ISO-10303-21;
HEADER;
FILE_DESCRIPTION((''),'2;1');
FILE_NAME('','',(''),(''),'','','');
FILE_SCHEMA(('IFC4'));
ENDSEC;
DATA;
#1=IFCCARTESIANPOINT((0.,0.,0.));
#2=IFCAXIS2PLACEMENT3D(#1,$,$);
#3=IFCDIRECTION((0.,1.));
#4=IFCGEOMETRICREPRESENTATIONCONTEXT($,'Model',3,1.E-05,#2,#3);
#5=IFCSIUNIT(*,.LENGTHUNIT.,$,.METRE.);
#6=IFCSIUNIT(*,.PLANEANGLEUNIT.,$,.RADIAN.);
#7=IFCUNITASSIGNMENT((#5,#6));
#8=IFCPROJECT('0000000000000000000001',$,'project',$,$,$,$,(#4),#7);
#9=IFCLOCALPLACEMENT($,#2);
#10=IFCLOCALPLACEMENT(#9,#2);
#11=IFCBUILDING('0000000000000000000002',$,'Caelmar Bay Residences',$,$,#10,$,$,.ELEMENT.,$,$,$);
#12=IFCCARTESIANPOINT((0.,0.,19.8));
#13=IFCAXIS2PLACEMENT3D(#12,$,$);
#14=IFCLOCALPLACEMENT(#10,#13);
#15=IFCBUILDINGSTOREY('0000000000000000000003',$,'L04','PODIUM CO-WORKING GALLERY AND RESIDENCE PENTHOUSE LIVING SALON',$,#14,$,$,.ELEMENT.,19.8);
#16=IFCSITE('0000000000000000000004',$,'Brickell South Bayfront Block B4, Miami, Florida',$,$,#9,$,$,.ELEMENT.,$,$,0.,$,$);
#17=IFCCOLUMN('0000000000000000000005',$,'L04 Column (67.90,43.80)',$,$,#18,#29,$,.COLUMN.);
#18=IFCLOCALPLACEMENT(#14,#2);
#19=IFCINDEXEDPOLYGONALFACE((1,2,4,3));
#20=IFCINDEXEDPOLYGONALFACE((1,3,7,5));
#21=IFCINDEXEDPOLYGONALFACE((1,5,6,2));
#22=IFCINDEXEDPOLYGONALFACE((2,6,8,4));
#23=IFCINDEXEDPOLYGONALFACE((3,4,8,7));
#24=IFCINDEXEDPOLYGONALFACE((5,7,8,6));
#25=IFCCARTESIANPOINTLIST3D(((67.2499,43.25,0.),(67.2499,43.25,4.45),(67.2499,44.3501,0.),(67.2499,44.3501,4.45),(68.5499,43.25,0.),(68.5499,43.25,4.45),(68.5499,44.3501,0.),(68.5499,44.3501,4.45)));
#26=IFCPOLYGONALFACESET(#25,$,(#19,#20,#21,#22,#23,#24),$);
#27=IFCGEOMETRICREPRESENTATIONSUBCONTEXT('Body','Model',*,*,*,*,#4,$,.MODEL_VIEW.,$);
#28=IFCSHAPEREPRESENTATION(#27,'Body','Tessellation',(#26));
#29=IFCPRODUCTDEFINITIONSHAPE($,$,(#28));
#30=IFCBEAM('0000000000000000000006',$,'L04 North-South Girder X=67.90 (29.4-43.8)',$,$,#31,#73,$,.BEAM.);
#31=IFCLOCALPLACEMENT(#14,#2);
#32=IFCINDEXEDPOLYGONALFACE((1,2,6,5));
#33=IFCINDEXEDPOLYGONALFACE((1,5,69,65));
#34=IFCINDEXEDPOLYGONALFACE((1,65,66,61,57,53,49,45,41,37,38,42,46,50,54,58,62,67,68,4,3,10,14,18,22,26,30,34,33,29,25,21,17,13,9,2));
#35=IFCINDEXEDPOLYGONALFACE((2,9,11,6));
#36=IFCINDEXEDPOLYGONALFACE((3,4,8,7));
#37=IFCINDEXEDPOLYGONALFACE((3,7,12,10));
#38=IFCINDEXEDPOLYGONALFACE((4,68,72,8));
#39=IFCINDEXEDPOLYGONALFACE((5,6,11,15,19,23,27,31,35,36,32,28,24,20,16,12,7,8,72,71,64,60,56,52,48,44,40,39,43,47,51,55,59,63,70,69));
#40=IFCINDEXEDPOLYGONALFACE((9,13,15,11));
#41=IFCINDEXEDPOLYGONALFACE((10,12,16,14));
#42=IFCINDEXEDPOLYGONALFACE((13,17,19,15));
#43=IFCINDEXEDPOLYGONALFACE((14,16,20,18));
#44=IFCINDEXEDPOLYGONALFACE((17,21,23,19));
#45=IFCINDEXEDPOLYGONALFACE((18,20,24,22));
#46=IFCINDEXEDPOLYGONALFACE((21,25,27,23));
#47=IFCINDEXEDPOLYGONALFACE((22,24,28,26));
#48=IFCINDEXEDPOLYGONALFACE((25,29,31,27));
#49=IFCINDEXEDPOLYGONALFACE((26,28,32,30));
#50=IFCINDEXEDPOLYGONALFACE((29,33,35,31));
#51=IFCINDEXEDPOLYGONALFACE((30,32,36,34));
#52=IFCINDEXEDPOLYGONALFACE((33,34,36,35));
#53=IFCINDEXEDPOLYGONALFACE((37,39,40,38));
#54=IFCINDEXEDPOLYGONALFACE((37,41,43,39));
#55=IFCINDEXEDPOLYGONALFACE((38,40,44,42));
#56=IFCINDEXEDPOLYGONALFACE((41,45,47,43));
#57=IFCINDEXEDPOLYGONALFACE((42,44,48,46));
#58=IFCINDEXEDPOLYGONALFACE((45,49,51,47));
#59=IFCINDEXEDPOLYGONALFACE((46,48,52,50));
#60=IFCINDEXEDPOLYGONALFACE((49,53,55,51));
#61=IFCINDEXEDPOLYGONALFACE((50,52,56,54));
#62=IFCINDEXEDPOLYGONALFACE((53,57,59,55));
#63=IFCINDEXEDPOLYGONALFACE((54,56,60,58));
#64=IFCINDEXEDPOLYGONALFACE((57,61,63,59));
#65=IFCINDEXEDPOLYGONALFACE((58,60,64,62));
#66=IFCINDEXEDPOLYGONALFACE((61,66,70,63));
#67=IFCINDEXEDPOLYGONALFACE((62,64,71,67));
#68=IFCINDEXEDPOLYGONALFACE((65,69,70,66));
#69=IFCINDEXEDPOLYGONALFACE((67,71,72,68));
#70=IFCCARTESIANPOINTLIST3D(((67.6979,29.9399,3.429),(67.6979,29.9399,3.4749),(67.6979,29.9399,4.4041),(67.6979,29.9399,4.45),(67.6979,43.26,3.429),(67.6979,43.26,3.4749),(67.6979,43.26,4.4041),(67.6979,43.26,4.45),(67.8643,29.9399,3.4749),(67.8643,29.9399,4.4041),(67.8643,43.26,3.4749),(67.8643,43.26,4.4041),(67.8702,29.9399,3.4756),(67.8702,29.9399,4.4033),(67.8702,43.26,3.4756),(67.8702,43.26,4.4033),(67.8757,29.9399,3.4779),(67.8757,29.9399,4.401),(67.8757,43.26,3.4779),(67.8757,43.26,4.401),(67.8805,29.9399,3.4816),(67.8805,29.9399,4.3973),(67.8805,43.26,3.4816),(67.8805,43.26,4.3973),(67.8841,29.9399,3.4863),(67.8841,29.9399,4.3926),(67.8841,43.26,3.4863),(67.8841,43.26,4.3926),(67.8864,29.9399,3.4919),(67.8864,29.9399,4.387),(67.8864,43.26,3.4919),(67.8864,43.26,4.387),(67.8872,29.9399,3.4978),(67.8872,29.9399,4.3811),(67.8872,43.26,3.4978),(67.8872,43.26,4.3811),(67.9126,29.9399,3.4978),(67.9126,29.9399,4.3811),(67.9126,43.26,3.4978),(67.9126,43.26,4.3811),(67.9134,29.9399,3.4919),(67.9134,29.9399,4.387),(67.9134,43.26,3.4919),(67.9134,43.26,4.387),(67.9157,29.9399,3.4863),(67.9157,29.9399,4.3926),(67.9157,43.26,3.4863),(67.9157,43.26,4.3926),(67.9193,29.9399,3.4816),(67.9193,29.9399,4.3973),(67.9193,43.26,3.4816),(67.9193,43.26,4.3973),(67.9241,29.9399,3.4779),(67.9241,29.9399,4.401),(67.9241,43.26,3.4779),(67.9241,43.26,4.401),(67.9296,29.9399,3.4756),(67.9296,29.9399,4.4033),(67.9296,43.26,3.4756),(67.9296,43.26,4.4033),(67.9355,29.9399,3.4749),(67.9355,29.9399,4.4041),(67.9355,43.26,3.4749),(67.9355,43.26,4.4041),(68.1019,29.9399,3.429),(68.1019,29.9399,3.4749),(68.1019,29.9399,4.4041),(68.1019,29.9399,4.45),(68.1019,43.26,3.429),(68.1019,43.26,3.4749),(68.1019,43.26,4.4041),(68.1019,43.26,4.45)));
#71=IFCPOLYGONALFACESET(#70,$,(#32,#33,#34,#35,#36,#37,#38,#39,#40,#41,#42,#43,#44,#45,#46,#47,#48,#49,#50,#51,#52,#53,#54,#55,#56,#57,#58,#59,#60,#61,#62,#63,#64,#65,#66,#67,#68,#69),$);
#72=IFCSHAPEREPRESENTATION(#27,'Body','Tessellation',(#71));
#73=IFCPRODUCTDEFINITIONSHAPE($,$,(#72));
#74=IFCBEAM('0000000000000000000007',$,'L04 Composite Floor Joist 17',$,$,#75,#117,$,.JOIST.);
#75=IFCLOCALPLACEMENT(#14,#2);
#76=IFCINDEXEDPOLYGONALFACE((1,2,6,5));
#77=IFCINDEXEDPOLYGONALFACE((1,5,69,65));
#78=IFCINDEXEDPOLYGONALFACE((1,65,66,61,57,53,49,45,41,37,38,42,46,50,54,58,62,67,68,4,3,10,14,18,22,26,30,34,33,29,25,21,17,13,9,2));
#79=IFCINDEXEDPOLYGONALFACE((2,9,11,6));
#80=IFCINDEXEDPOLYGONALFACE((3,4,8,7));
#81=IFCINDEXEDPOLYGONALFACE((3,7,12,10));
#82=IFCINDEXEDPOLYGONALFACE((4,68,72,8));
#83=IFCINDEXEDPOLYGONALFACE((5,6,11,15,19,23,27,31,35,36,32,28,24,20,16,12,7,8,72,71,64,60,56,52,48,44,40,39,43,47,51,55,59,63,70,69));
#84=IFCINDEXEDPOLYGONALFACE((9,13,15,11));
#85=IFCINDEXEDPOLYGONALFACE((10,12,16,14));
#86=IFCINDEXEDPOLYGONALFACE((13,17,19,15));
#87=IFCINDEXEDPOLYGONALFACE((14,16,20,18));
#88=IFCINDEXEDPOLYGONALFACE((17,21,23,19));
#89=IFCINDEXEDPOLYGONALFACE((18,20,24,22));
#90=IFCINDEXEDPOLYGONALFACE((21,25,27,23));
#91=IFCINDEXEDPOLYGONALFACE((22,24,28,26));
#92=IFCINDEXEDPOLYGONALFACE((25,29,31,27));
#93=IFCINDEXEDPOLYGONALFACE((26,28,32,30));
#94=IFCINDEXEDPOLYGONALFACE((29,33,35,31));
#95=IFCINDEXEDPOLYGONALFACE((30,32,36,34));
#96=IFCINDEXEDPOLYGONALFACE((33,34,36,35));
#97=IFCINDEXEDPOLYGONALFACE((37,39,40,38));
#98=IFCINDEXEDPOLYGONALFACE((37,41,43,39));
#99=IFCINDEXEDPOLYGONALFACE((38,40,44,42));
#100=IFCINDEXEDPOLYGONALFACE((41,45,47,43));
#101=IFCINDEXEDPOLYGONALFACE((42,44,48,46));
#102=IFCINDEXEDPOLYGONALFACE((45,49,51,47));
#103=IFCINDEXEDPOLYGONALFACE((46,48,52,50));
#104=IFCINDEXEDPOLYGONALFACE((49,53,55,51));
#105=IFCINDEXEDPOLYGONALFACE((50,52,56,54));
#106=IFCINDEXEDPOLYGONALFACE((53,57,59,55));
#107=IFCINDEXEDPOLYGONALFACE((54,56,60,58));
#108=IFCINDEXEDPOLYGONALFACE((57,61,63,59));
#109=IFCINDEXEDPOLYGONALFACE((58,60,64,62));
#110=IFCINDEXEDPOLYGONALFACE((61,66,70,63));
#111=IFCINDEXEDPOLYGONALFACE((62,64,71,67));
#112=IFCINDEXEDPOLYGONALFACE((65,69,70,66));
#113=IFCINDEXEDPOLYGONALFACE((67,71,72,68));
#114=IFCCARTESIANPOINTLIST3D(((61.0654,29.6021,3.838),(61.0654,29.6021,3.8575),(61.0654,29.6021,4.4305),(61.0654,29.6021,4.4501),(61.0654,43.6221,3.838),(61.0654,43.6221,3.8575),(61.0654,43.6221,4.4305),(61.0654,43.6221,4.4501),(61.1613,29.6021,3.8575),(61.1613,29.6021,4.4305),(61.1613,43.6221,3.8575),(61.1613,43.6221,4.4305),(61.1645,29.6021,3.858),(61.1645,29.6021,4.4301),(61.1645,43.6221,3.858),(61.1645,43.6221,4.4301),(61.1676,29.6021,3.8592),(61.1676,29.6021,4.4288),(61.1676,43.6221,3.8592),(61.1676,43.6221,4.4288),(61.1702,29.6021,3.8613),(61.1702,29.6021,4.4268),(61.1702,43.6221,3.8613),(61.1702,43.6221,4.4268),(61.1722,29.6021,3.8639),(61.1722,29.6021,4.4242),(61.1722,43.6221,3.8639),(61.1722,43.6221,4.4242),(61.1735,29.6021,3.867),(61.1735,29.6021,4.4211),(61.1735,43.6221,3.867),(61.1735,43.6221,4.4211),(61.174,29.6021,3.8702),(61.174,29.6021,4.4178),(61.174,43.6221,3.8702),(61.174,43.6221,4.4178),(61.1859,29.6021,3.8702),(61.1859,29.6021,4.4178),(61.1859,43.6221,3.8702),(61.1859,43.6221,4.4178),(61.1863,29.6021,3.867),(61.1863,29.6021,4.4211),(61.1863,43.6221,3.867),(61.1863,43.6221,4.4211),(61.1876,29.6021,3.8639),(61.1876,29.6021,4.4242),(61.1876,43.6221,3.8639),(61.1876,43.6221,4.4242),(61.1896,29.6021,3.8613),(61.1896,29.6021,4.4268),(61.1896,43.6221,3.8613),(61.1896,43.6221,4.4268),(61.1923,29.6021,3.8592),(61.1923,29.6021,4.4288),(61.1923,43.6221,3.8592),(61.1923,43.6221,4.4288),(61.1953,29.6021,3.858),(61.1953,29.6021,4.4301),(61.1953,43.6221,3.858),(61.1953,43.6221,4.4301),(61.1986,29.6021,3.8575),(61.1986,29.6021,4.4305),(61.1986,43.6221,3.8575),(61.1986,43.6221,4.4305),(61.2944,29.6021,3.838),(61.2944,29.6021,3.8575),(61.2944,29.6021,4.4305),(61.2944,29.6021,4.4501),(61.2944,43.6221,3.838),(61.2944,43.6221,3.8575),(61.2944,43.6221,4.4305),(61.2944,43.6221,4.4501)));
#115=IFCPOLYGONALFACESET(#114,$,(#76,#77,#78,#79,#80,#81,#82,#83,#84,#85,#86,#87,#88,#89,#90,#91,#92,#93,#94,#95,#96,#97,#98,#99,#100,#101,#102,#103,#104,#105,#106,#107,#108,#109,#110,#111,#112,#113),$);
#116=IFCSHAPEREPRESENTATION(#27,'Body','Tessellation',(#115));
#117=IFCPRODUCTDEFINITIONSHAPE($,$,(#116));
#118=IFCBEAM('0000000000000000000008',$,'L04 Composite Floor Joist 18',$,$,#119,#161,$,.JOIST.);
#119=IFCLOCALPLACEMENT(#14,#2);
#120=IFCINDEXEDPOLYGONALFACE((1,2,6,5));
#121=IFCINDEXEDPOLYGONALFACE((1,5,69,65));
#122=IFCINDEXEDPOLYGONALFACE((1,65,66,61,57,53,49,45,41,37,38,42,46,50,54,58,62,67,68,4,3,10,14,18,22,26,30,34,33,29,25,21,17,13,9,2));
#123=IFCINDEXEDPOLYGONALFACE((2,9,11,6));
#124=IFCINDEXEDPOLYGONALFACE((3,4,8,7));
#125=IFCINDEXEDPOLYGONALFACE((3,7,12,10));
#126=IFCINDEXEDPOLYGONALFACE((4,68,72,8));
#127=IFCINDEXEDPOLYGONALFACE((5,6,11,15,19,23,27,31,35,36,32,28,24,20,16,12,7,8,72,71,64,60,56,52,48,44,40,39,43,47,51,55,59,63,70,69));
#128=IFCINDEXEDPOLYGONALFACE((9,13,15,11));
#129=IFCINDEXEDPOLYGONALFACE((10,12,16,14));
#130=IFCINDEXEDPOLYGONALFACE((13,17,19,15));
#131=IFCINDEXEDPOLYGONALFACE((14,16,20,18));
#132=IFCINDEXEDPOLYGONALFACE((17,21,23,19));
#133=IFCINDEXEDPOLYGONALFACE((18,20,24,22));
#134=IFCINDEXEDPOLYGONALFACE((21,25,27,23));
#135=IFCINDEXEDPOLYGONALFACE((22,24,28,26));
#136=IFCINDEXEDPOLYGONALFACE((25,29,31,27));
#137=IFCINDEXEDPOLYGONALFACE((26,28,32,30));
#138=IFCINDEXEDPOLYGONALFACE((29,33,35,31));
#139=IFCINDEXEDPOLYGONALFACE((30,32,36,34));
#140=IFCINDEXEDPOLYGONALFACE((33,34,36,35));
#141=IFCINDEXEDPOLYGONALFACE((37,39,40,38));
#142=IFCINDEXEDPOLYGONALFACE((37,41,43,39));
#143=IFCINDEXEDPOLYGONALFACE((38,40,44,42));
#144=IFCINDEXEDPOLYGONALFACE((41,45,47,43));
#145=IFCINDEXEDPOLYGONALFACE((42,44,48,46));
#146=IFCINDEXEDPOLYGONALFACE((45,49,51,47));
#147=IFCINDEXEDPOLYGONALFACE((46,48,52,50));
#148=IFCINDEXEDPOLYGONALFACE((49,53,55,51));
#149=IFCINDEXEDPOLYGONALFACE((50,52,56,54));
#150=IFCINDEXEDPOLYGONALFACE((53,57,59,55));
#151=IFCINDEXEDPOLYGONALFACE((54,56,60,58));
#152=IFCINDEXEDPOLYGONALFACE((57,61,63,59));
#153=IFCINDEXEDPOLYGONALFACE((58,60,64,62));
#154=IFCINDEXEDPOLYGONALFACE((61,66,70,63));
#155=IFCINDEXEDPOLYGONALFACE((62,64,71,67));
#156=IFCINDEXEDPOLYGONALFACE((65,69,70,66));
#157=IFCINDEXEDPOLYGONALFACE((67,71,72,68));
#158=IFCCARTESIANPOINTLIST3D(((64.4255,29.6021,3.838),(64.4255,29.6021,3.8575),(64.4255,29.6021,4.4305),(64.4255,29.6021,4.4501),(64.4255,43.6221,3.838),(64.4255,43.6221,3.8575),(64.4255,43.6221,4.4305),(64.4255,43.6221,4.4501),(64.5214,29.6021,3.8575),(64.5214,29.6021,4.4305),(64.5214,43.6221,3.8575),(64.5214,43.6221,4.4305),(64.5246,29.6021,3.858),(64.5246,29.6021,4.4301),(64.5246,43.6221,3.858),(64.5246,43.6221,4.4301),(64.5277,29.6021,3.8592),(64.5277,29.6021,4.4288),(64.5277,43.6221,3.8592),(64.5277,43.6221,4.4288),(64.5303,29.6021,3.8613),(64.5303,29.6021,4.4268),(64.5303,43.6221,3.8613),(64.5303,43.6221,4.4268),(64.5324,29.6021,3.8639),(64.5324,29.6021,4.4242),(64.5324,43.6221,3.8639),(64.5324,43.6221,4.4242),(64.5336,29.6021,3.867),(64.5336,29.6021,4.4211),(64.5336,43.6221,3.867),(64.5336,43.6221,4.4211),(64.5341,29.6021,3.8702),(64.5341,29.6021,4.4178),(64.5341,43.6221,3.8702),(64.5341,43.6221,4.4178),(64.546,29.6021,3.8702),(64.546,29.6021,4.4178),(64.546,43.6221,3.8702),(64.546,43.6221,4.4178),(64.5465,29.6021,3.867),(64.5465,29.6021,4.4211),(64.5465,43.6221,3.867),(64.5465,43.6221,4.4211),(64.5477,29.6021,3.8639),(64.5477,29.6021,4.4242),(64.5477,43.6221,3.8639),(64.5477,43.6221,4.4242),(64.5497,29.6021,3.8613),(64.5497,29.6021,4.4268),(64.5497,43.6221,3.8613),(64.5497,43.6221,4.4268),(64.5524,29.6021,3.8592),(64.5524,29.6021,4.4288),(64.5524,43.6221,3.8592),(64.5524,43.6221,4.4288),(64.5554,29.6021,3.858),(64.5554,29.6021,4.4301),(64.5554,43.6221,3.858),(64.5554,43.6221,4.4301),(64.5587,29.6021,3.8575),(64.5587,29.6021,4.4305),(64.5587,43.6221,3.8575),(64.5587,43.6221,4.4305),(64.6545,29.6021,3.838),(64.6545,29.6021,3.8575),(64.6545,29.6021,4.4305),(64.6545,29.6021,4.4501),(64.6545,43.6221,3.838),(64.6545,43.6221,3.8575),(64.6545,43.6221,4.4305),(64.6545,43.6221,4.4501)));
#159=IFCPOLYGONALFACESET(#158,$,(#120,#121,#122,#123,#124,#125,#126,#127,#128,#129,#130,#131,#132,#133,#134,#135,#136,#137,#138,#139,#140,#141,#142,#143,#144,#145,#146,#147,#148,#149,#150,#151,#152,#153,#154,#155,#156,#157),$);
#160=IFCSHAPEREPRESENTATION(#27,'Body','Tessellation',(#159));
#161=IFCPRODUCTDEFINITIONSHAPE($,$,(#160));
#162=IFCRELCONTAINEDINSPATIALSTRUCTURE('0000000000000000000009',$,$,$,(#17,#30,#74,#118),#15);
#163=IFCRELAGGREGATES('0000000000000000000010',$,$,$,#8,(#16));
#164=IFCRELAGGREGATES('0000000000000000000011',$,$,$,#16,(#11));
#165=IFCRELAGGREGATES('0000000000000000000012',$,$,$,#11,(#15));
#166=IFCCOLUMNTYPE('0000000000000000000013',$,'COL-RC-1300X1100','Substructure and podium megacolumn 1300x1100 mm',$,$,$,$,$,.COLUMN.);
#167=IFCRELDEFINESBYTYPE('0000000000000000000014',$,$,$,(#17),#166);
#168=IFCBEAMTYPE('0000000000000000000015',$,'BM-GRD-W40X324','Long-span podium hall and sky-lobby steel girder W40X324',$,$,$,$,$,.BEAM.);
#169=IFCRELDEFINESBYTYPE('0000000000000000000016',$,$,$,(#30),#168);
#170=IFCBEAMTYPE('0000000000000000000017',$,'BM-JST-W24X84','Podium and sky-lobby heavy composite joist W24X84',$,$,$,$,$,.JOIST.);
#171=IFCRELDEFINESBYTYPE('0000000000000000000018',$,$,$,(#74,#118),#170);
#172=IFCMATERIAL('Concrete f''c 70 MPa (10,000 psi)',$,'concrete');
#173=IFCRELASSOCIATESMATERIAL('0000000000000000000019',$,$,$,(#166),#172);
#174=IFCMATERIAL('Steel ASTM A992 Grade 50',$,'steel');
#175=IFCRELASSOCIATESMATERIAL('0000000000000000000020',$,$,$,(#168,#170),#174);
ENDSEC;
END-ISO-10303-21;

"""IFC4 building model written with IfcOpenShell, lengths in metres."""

from ifc_helpers import new_model, si_unit, direction, frame, origin, origin_2d, place, context, subcontext, project, spatial, rectangle, i_section, extrude, material, material_profile, profile_set, type_object, element, save


model = new_model("IFC4")

# Units and contexts
model_context = context("Model", 3, precision=1e-05, world=origin(), true_north=direction((0.0, 1.0)))
body_context = subcontext(model_context, "Body", "Model", "MODEL_VIEW")
ifc_project = project(units=[si_unit("LENGTHUNIT", "METRE"), si_unit("PLANEANGLEUNIT", "RADIAN")], contexts=[model_context])

# Site, building, storey
site_placement = place(None, origin())
site = spatial("IfcSite", under=ifc_project, at=site_placement, Name="Brickell South Bayfront Block B4, Miami, Florida", CompositionType="ELEMENT", RefElevation=0.0)
building_placement = place(site_placement, origin())
building = spatial("IfcBuilding", under=site, at=building_placement, Name="Caelmar Bay Residences", CompositionType="ELEMENT")
storey_placement = place(building_placement, frame((0.0, 0.0, 19.8)))
storey = spatial("IfcBuildingStorey", under=building, at=storey_placement, Name="L04", Description="PODIUM CO-WORKING GALLERY AND RESIDENCE PENTHOUSE LIVING SALON", CompositionType="ELEMENT", Elevation=19.8)

# Column
ifc_material_1 = material(Name="Concrete f'c 70 MPa (10,000 psi)", Category="concrete")
ifc_material_profile_1 = material_profile(ifc_material_1, rectangle(XDim=1.3, YDim=1.1001, at=origin_2d()), Name="RC-COL-1300X1100")
ifc_profile_set_1 = profile_set([ifc_material_profile_1], Name="Concrete f'c 70 MPa (10,000 psi)")
column_type = type_object("IfcColumnType", Name="COL-RC-1300X1100", Description="Substructure and podium megacolumn 1300x1100 mm", PredefinedType="COLUMN", material=ifc_profile_set_1)
column_placement = place(storey_placement, frame((67.8999, 43.8, 0.0), z_axis=(0.0, 0.0, 1.0), x_axis=(1.0, 0.0, 0.0)))
element("IfcColumn", 1, at=column_placement, inside=storey, type_object=column_type, Name="L04 Column (67.90,43.80)", PredefinedType="COLUMN", context=body_context, shape_type="SweptSolid", body=[
    extrude(rectangle(XDim=1.3, YDim=1.1001, at=origin_2d()), origin(), (0.0, 0.0, 1.0), 4.45),
])

# Beams
ifc_material_2 = material(Name="Steel ASTM A992 Grade 50", Category="steel")
ifc_material_profile_2 = material_profile(ifc_material_2, i_section(OverallWidth=0.4041, OverallDepth=1.021, WebThickness=0.0254, FlangeThickness=0.0459, FilletRadius=0.0229, at=origin_2d()), Name="W40X324")
ifc_profile_set_2 = profile_set([ifc_material_profile_2], Name="Steel ASTM A992 Grade 50")
beam_type_1 = type_object("IfcBeamType", Name="BM-GRD-W40X324", Description="Long-span podium hall and sky-lobby steel girder W40X324", PredefinedType="BEAM", material=ifc_profile_set_2)
beam_1_placement = place(storey_placement, frame((67.8999, 29.9399, 3.9395), z_axis=(0.0, 1.0, 0.0), x_axis=(-1.0, 0.0, 0.0)))
element("IfcBeam", 2, at=beam_1_placement, inside=storey, type_object=beam_type_1, Name="L04 North-South Girder X=67.90 (29.4-43.8)", PredefinedType="BEAM", context=body_context, shape_type="SweptSolid", body=[
    extrude(i_section(OverallWidth=0.4041, OverallDepth=1.021, WebThickness=0.0254, FlangeThickness=0.0459, FilletRadius=0.0229, at=origin_2d()), origin(), (0.0, 0.0, 1.0), 13.3201),
])
ifc_material_profile_3 = material_profile(ifc_material_2, i_section(OverallWidth=0.229, OverallDepth=0.6121, WebThickness=0.012, FlangeThickness=0.0195, FilletRadius=0.0127, at=origin_2d()), Name="W24X84")
ifc_profile_set_3 = profile_set([ifc_material_profile_3], Name="Steel ASTM A992 Grade 50")
beam_type_2 = type_object("IfcBeamType", Name="BM-JST-W24X84", Description="Podium and sky-lobby heavy composite joist W24X84", PredefinedType="JOIST", material=ifc_profile_set_3)
for number, where, z_axis, x_axis, name in (
    (3, (61.1799, 29.6021, 4.144), (0.0, 1.0, 0.0), (-1.0, 0.0, 0.0), "L04 Composite Floor Joist 17"),
    (4, (64.54, 29.6021, 4.144), (0.0, 1.0, 0.0), (-1.0, 0.0, 0.0), "L04 Composite Floor Joist 18"),
):
    element("IfcBeam", number, at=place(storey_placement, frame(where, z_axis=z_axis, x_axis=x_axis)), inside=storey, type_object=beam_type_2, Name=name, PredefinedType="JOIST", context=body_context, shape_type="SweptSolid", body=[
        extrude(i_section(OverallWidth=0.229, OverallDepth=0.6121, WebThickness=0.012, FlangeThickness=0.0195, FilletRadius=0.0127, at=origin_2d()), origin(), (0.0, 0.0, 1.0), 14.02),
    ])

save(model, "model.ifc")
